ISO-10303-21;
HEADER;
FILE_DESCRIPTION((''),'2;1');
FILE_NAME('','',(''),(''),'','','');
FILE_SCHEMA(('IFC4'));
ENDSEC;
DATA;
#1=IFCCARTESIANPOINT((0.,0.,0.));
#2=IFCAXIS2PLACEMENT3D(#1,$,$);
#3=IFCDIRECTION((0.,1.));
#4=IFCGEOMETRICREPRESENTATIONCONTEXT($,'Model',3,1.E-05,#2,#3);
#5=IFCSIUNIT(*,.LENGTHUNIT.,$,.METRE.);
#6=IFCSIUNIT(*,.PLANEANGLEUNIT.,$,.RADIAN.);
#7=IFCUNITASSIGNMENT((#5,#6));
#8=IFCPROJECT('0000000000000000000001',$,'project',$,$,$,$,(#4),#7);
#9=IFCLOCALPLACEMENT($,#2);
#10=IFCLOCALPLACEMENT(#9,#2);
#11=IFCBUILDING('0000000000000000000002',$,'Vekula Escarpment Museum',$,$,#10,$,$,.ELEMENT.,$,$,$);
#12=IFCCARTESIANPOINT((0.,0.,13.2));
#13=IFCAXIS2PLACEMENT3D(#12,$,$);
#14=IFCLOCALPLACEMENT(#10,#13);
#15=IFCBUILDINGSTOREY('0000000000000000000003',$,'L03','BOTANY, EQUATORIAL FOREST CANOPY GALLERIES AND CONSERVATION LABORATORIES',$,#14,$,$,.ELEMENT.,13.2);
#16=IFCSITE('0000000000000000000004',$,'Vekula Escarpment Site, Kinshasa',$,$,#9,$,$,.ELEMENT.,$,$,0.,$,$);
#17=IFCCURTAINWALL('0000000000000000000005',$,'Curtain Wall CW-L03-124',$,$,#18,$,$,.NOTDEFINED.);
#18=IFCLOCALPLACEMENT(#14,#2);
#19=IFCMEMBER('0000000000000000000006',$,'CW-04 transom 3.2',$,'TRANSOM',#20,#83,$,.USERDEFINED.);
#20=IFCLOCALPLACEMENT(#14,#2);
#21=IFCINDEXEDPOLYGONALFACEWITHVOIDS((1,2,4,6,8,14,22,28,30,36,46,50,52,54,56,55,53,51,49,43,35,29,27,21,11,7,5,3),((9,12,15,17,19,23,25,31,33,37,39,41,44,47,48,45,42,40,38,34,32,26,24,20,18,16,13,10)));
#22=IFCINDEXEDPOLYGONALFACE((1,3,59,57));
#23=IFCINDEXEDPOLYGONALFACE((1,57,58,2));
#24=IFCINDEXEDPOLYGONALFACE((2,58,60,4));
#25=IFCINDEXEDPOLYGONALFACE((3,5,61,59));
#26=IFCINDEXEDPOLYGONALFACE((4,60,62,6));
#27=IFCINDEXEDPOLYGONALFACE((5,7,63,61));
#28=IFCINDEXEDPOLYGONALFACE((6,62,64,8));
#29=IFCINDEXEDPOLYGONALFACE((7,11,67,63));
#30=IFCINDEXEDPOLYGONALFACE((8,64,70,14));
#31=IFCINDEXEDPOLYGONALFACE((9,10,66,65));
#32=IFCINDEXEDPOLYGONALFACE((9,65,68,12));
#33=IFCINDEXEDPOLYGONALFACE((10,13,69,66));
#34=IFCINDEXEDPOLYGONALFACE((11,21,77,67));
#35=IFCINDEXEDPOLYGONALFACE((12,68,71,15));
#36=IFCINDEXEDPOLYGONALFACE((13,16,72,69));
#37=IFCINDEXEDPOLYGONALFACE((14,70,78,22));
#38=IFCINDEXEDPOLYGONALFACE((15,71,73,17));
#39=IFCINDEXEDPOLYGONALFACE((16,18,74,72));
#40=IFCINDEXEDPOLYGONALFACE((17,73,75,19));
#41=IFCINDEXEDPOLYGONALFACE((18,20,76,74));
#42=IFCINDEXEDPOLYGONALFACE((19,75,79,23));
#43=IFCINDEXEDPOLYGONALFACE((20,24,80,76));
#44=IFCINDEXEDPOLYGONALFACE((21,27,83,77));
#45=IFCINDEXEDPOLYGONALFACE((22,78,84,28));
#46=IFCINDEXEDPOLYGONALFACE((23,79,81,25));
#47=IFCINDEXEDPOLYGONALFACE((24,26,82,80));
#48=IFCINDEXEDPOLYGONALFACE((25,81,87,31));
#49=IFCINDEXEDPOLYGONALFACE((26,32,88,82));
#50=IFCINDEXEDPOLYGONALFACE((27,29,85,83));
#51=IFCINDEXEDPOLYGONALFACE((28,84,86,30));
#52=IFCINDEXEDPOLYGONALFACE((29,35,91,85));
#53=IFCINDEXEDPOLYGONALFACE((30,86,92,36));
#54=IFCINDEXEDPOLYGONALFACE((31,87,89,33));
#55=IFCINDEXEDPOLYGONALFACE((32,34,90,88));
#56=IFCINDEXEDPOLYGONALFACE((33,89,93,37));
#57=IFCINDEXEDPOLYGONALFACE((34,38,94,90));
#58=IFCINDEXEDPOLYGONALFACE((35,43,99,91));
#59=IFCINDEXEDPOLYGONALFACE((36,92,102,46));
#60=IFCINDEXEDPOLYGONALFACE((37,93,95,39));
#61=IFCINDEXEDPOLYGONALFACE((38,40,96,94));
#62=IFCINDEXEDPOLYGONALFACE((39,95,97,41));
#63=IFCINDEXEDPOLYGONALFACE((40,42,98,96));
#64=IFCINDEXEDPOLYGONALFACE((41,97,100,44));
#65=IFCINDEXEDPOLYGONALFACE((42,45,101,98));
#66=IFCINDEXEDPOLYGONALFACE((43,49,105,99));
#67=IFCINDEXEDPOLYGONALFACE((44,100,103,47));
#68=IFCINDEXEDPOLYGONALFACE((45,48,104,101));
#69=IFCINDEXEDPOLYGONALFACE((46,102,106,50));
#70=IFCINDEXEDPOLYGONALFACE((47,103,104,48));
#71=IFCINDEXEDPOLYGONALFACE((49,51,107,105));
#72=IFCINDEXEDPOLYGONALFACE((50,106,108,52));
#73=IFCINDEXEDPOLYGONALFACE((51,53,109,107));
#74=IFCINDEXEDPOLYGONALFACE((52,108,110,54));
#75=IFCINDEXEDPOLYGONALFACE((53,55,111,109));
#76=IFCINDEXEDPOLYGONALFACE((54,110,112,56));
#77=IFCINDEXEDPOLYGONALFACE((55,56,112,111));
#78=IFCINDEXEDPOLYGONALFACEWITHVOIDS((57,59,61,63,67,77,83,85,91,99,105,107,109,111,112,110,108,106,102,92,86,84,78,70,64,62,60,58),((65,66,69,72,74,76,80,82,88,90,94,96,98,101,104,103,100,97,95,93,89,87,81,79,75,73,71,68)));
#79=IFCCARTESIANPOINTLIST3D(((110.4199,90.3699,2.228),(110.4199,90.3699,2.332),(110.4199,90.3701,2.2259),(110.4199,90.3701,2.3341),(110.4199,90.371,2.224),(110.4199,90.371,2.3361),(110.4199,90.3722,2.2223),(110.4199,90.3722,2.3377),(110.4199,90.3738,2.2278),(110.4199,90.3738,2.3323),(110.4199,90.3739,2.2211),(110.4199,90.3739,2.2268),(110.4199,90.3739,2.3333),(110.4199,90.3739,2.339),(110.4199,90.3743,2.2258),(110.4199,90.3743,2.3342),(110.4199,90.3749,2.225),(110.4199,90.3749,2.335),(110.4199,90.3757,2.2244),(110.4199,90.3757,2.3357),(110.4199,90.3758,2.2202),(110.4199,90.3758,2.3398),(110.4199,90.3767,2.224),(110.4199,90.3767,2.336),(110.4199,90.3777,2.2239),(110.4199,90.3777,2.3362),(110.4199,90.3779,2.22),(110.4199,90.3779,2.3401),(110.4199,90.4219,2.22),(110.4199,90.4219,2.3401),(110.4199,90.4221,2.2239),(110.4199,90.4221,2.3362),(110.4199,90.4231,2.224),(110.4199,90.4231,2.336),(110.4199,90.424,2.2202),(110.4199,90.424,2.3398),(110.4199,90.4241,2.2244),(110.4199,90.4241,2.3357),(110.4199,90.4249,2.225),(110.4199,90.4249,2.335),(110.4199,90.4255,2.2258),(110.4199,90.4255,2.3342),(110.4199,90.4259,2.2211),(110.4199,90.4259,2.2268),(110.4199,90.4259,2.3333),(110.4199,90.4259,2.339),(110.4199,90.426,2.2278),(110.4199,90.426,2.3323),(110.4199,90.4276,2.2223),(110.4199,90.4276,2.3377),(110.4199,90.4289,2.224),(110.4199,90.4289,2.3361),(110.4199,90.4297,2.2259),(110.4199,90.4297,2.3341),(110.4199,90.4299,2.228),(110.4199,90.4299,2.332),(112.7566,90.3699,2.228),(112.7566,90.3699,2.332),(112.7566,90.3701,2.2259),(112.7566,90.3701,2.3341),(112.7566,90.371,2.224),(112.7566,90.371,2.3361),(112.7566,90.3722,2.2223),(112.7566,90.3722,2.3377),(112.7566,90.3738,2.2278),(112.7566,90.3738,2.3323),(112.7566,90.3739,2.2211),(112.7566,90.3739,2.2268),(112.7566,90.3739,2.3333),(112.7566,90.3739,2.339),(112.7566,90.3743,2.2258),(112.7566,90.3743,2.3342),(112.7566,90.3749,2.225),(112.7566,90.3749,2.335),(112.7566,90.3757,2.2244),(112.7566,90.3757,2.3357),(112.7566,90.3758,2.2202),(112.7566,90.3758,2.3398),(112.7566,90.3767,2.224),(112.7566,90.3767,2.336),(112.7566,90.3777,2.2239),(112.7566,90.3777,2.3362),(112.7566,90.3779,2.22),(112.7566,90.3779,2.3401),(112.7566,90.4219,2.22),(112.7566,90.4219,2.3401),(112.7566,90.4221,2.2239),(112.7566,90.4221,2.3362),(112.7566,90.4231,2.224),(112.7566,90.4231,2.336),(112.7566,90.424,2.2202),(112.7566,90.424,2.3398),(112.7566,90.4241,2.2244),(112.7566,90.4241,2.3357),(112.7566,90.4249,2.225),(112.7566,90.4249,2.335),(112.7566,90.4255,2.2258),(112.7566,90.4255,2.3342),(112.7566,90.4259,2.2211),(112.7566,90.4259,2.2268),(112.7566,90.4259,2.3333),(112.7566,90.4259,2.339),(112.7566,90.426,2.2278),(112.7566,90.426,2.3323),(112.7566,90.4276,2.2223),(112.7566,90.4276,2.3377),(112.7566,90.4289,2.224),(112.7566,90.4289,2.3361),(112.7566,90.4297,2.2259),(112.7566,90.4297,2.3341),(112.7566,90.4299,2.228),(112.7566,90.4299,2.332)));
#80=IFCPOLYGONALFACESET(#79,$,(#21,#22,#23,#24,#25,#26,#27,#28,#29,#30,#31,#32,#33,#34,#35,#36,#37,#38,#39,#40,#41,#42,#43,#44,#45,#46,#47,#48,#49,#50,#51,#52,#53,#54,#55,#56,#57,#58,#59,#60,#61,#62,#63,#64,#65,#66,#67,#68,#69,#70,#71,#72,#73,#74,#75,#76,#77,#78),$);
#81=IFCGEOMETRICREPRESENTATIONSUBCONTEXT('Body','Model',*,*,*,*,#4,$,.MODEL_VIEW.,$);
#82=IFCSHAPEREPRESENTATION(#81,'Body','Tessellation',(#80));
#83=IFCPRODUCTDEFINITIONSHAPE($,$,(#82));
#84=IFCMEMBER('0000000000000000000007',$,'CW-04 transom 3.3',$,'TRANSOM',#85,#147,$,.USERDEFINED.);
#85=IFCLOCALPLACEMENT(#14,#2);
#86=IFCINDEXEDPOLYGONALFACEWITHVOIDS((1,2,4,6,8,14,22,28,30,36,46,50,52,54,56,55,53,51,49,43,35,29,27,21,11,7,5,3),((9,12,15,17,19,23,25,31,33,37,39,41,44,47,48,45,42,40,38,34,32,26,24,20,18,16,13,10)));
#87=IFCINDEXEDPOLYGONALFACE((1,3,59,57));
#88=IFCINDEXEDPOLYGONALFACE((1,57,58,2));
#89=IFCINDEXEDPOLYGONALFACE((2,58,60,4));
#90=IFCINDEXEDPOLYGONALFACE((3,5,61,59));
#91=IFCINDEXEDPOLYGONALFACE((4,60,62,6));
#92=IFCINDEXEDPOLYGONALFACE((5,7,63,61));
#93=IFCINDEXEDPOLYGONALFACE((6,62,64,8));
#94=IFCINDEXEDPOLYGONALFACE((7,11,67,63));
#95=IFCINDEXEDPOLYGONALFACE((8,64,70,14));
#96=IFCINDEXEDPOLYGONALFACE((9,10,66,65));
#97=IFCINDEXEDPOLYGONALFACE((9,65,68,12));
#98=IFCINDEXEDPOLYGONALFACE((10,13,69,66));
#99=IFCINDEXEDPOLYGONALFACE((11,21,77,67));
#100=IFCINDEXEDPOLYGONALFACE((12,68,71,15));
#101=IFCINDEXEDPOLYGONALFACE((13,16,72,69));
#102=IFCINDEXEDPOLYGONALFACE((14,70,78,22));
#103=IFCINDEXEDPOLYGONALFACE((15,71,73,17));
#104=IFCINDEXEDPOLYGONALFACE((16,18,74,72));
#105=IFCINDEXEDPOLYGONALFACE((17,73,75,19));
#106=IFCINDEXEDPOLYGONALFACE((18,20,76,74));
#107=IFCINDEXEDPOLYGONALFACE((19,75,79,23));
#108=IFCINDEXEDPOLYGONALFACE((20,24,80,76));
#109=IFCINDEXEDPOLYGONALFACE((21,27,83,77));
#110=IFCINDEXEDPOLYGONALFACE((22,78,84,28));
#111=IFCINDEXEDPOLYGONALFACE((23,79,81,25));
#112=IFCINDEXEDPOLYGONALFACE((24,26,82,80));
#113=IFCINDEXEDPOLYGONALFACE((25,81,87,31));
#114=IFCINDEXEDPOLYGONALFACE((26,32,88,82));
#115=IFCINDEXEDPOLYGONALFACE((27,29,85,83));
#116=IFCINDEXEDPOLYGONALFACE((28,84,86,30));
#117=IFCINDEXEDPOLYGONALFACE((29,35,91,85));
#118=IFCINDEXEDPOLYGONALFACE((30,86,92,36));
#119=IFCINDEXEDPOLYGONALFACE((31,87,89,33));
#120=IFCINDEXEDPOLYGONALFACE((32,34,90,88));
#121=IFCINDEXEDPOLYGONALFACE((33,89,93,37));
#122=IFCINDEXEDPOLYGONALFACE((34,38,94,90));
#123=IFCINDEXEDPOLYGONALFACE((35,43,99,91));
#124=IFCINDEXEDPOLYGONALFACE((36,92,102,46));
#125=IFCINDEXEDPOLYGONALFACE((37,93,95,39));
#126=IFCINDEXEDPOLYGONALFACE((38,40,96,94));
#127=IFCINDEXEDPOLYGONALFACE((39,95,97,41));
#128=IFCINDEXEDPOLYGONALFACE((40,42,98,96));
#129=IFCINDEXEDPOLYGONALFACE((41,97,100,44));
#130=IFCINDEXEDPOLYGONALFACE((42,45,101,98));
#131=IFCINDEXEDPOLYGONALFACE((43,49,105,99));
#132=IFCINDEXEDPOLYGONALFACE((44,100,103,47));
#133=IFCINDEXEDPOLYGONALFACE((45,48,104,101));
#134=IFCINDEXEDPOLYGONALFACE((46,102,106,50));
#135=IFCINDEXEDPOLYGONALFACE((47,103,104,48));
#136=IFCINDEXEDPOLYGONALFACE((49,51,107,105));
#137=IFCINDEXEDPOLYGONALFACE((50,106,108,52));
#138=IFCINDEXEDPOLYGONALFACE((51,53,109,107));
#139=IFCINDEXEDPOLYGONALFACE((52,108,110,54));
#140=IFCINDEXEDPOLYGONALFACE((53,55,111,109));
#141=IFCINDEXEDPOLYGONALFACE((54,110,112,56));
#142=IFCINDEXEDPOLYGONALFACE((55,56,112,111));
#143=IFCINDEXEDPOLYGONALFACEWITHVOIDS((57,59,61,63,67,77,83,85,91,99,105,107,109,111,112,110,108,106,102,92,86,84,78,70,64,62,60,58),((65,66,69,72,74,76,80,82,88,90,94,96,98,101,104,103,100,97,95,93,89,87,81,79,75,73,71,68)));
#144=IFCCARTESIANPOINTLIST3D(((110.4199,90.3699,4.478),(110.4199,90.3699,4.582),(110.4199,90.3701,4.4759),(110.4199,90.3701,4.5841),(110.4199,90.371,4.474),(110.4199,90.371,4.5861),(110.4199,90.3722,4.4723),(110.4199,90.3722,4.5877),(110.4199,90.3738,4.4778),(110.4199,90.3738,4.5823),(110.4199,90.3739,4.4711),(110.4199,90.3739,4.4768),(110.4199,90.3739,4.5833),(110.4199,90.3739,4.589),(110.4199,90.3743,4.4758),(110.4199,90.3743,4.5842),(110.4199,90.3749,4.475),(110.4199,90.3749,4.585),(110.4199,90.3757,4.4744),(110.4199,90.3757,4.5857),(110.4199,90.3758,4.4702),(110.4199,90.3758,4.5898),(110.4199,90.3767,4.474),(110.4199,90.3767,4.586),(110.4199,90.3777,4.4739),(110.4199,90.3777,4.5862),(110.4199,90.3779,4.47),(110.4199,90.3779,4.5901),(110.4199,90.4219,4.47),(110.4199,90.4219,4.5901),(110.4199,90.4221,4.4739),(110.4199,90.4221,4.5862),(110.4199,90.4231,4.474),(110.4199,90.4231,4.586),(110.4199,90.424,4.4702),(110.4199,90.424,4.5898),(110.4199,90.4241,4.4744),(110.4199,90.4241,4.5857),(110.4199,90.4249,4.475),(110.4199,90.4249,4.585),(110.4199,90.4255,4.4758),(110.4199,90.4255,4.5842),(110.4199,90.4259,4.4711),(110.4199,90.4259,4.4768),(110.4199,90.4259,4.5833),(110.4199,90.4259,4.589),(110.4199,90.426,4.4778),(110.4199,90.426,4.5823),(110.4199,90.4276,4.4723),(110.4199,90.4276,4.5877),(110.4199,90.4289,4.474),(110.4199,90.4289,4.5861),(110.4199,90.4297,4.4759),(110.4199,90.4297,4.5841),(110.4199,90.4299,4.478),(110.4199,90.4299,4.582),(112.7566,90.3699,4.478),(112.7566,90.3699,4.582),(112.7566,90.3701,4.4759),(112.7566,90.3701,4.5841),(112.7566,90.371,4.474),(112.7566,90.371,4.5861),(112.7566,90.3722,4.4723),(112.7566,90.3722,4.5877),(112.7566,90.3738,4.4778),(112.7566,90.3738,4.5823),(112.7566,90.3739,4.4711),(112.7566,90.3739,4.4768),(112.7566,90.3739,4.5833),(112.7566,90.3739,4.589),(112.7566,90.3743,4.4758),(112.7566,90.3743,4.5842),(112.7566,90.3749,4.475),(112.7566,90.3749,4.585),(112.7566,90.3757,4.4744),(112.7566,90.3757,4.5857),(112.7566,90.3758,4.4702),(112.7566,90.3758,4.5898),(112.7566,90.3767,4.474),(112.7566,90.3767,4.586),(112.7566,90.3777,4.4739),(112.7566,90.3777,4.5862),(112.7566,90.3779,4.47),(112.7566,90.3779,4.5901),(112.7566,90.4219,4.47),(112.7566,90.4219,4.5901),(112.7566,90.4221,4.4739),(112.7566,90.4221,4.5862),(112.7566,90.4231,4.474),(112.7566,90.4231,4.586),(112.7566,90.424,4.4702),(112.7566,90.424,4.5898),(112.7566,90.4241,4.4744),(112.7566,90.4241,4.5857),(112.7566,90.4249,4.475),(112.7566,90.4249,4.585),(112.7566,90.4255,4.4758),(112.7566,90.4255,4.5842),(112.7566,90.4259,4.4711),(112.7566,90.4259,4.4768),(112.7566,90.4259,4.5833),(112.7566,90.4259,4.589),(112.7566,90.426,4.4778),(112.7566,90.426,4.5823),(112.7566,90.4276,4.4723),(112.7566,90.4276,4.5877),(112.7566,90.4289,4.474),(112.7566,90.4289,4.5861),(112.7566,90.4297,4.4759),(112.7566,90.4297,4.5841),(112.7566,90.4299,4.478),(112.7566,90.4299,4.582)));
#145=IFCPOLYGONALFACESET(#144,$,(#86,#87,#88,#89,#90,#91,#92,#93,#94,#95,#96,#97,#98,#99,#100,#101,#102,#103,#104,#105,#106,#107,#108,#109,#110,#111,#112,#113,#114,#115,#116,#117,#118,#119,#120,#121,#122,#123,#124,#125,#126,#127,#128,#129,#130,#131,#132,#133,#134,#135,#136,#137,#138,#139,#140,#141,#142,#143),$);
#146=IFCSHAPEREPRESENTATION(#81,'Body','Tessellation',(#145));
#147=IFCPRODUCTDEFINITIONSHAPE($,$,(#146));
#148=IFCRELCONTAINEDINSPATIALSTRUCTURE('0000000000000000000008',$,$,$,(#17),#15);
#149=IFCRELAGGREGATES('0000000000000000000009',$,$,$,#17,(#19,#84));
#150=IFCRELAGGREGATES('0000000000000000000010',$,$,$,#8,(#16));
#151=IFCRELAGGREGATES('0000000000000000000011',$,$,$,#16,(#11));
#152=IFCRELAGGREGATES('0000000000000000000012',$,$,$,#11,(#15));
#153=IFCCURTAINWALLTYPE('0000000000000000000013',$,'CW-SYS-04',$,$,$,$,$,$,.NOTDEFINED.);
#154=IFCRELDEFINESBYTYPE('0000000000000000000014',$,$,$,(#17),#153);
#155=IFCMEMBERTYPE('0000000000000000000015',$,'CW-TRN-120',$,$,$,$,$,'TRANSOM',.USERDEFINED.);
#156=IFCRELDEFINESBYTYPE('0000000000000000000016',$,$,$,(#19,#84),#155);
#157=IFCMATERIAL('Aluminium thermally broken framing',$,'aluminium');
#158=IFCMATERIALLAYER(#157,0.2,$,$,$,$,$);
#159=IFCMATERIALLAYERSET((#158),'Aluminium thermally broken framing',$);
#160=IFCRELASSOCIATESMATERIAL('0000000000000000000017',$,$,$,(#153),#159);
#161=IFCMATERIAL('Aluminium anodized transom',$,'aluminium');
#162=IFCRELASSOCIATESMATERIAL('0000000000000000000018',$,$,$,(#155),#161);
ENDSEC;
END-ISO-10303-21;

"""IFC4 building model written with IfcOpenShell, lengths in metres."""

from ifc_helpers import new_model, si_unit, direction, frame, origin, origin_2d, place, context, subcontext, project, spatial, hollow_rectangle, extrude, material, layer, layer_set, material_profile, profile_set, type_object, element, aggregate, save


model = new_model("IFC4")

# Units and contexts
model_context = context("Model", 3, precision=1e-05, world=origin(), true_north=direction((0.0, 1.0)))
body_context = subcontext(model_context, "Body", "Model", "MODEL_VIEW")
ifc_project = project(units=[si_unit("LENGTHUNIT", "METRE"), si_unit("PLANEANGLEUNIT", "RADIAN")], contexts=[model_context])

# Site, building, storey
site_placement = place(None, origin())
site = spatial("IfcSite", under=ifc_project, at=site_placement, Name="Vekula Escarpment Site, Kinshasa", CompositionType="ELEMENT", RefElevation=0.0)
building_placement = place(site_placement, origin())
building = spatial("IfcBuilding", under=site, at=building_placement, Name="Vekula Escarpment Museum", CompositionType="ELEMENT")
storey_placement = place(building_placement, frame((0.0, 0.0, 13.2)))
storey = spatial("IfcBuildingStorey", under=building, at=storey_placement, Name="L03", Description="BOTANY, EQUATORIAL FOREST CANOPY GALLERIES AND CONSERVATION LABORATORIES", CompositionType="ELEMENT", Elevation=13.2)

# Curtain wall
ifc_material_1 = material(Name="Aluminium thermally broken framing", Category="aluminium")
ifc_layer_1 = layer(ifc_material_1, 0.2)
ifc_layer_set_1 = layer_set([ifc_layer_1], Name="Aluminium thermally broken framing")
curtain_wall_type_1 = type_object("IfcCurtainWallType", Name="CW-SYS-04", PredefinedType="NOTDEFINED", material=ifc_layer_set_1)
curtain_wall_1_placement = place(storey_placement, origin())
curtain_wall_1 = element("IfcCurtainWall", 1, at=curtain_wall_1_placement, inside=storey, type_object=curtain_wall_type_1, Name="Curtain Wall CW-L03-124", PredefinedType="NOTDEFINED")

# Members
ifc_material_2 = material(Name="Aluminium anodized transom", Category="aluminium")
ifc_material_profile_1 = material_profile(ifc_material_2, hollow_rectangle(XDim=0.0601, YDim=0.1201, WallThickness=0.0039, InnerFilletRadius=0.0039, OuterFilletRadius=0.0081, at=origin_2d()), Name="ALU 120x60x4")
ifc_profile_set_1 = profile_set([ifc_material_profile_1], Name="Aluminium anodized transom")
member_type_1 = type_object("IfcMemberType", Name="CW-TRN-120", ElementType="TRANSOM", PredefinedType="USERDEFINED", material=ifc_profile_set_1)
member_1_placement = place(storey_placement, frame((112.7566, 90.3999, 2.28), z_axis=(-1.0, 0.0, 0.0), x_axis=(0.0, -1.0, 0.0)))
member_1 = element("IfcMember", 2, at=member_1_placement, type_object=member_type_1, Name="CW-04 transom 3.2", ObjectType="TRANSOM", PredefinedType="USERDEFINED", context=body_context, shape_type="SweptSolid", body=[
    extrude(hollow_rectangle(XDim=0.0601, YDim=0.1201, WallThickness=0.0039, InnerFilletRadius=0.0039, OuterFilletRadius=0.0081, at=origin_2d()), origin(), (0.0, 0.0, 1.0), 2.3367),
])
member_2_placement = place(storey_placement, frame((112.7566, 90.3999, 4.53), z_axis=(-1.0, 0.0, 0.0), x_axis=(0.0, -1.0, 0.0)))
member_2 = element("IfcMember", 3, at=member_2_placement, type_object=member_type_1, Name="CW-04 transom 3.3", ObjectType="TRANSOM", PredefinedType="USERDEFINED", context=body_context, shape_type="SweptSolid", body=[
    extrude(hollow_rectangle(XDim=0.0601, YDim=0.1201, WallThickness=0.0039, InnerFilletRadius=0.0039, OuterFilletRadius=0.0081, at=origin_2d()), origin(), (0.0, 0.0, 1.0), 2.3367),
])

aggregate(curtain_wall_1, [member_1, member_2])

save(model, "model.ifc")
